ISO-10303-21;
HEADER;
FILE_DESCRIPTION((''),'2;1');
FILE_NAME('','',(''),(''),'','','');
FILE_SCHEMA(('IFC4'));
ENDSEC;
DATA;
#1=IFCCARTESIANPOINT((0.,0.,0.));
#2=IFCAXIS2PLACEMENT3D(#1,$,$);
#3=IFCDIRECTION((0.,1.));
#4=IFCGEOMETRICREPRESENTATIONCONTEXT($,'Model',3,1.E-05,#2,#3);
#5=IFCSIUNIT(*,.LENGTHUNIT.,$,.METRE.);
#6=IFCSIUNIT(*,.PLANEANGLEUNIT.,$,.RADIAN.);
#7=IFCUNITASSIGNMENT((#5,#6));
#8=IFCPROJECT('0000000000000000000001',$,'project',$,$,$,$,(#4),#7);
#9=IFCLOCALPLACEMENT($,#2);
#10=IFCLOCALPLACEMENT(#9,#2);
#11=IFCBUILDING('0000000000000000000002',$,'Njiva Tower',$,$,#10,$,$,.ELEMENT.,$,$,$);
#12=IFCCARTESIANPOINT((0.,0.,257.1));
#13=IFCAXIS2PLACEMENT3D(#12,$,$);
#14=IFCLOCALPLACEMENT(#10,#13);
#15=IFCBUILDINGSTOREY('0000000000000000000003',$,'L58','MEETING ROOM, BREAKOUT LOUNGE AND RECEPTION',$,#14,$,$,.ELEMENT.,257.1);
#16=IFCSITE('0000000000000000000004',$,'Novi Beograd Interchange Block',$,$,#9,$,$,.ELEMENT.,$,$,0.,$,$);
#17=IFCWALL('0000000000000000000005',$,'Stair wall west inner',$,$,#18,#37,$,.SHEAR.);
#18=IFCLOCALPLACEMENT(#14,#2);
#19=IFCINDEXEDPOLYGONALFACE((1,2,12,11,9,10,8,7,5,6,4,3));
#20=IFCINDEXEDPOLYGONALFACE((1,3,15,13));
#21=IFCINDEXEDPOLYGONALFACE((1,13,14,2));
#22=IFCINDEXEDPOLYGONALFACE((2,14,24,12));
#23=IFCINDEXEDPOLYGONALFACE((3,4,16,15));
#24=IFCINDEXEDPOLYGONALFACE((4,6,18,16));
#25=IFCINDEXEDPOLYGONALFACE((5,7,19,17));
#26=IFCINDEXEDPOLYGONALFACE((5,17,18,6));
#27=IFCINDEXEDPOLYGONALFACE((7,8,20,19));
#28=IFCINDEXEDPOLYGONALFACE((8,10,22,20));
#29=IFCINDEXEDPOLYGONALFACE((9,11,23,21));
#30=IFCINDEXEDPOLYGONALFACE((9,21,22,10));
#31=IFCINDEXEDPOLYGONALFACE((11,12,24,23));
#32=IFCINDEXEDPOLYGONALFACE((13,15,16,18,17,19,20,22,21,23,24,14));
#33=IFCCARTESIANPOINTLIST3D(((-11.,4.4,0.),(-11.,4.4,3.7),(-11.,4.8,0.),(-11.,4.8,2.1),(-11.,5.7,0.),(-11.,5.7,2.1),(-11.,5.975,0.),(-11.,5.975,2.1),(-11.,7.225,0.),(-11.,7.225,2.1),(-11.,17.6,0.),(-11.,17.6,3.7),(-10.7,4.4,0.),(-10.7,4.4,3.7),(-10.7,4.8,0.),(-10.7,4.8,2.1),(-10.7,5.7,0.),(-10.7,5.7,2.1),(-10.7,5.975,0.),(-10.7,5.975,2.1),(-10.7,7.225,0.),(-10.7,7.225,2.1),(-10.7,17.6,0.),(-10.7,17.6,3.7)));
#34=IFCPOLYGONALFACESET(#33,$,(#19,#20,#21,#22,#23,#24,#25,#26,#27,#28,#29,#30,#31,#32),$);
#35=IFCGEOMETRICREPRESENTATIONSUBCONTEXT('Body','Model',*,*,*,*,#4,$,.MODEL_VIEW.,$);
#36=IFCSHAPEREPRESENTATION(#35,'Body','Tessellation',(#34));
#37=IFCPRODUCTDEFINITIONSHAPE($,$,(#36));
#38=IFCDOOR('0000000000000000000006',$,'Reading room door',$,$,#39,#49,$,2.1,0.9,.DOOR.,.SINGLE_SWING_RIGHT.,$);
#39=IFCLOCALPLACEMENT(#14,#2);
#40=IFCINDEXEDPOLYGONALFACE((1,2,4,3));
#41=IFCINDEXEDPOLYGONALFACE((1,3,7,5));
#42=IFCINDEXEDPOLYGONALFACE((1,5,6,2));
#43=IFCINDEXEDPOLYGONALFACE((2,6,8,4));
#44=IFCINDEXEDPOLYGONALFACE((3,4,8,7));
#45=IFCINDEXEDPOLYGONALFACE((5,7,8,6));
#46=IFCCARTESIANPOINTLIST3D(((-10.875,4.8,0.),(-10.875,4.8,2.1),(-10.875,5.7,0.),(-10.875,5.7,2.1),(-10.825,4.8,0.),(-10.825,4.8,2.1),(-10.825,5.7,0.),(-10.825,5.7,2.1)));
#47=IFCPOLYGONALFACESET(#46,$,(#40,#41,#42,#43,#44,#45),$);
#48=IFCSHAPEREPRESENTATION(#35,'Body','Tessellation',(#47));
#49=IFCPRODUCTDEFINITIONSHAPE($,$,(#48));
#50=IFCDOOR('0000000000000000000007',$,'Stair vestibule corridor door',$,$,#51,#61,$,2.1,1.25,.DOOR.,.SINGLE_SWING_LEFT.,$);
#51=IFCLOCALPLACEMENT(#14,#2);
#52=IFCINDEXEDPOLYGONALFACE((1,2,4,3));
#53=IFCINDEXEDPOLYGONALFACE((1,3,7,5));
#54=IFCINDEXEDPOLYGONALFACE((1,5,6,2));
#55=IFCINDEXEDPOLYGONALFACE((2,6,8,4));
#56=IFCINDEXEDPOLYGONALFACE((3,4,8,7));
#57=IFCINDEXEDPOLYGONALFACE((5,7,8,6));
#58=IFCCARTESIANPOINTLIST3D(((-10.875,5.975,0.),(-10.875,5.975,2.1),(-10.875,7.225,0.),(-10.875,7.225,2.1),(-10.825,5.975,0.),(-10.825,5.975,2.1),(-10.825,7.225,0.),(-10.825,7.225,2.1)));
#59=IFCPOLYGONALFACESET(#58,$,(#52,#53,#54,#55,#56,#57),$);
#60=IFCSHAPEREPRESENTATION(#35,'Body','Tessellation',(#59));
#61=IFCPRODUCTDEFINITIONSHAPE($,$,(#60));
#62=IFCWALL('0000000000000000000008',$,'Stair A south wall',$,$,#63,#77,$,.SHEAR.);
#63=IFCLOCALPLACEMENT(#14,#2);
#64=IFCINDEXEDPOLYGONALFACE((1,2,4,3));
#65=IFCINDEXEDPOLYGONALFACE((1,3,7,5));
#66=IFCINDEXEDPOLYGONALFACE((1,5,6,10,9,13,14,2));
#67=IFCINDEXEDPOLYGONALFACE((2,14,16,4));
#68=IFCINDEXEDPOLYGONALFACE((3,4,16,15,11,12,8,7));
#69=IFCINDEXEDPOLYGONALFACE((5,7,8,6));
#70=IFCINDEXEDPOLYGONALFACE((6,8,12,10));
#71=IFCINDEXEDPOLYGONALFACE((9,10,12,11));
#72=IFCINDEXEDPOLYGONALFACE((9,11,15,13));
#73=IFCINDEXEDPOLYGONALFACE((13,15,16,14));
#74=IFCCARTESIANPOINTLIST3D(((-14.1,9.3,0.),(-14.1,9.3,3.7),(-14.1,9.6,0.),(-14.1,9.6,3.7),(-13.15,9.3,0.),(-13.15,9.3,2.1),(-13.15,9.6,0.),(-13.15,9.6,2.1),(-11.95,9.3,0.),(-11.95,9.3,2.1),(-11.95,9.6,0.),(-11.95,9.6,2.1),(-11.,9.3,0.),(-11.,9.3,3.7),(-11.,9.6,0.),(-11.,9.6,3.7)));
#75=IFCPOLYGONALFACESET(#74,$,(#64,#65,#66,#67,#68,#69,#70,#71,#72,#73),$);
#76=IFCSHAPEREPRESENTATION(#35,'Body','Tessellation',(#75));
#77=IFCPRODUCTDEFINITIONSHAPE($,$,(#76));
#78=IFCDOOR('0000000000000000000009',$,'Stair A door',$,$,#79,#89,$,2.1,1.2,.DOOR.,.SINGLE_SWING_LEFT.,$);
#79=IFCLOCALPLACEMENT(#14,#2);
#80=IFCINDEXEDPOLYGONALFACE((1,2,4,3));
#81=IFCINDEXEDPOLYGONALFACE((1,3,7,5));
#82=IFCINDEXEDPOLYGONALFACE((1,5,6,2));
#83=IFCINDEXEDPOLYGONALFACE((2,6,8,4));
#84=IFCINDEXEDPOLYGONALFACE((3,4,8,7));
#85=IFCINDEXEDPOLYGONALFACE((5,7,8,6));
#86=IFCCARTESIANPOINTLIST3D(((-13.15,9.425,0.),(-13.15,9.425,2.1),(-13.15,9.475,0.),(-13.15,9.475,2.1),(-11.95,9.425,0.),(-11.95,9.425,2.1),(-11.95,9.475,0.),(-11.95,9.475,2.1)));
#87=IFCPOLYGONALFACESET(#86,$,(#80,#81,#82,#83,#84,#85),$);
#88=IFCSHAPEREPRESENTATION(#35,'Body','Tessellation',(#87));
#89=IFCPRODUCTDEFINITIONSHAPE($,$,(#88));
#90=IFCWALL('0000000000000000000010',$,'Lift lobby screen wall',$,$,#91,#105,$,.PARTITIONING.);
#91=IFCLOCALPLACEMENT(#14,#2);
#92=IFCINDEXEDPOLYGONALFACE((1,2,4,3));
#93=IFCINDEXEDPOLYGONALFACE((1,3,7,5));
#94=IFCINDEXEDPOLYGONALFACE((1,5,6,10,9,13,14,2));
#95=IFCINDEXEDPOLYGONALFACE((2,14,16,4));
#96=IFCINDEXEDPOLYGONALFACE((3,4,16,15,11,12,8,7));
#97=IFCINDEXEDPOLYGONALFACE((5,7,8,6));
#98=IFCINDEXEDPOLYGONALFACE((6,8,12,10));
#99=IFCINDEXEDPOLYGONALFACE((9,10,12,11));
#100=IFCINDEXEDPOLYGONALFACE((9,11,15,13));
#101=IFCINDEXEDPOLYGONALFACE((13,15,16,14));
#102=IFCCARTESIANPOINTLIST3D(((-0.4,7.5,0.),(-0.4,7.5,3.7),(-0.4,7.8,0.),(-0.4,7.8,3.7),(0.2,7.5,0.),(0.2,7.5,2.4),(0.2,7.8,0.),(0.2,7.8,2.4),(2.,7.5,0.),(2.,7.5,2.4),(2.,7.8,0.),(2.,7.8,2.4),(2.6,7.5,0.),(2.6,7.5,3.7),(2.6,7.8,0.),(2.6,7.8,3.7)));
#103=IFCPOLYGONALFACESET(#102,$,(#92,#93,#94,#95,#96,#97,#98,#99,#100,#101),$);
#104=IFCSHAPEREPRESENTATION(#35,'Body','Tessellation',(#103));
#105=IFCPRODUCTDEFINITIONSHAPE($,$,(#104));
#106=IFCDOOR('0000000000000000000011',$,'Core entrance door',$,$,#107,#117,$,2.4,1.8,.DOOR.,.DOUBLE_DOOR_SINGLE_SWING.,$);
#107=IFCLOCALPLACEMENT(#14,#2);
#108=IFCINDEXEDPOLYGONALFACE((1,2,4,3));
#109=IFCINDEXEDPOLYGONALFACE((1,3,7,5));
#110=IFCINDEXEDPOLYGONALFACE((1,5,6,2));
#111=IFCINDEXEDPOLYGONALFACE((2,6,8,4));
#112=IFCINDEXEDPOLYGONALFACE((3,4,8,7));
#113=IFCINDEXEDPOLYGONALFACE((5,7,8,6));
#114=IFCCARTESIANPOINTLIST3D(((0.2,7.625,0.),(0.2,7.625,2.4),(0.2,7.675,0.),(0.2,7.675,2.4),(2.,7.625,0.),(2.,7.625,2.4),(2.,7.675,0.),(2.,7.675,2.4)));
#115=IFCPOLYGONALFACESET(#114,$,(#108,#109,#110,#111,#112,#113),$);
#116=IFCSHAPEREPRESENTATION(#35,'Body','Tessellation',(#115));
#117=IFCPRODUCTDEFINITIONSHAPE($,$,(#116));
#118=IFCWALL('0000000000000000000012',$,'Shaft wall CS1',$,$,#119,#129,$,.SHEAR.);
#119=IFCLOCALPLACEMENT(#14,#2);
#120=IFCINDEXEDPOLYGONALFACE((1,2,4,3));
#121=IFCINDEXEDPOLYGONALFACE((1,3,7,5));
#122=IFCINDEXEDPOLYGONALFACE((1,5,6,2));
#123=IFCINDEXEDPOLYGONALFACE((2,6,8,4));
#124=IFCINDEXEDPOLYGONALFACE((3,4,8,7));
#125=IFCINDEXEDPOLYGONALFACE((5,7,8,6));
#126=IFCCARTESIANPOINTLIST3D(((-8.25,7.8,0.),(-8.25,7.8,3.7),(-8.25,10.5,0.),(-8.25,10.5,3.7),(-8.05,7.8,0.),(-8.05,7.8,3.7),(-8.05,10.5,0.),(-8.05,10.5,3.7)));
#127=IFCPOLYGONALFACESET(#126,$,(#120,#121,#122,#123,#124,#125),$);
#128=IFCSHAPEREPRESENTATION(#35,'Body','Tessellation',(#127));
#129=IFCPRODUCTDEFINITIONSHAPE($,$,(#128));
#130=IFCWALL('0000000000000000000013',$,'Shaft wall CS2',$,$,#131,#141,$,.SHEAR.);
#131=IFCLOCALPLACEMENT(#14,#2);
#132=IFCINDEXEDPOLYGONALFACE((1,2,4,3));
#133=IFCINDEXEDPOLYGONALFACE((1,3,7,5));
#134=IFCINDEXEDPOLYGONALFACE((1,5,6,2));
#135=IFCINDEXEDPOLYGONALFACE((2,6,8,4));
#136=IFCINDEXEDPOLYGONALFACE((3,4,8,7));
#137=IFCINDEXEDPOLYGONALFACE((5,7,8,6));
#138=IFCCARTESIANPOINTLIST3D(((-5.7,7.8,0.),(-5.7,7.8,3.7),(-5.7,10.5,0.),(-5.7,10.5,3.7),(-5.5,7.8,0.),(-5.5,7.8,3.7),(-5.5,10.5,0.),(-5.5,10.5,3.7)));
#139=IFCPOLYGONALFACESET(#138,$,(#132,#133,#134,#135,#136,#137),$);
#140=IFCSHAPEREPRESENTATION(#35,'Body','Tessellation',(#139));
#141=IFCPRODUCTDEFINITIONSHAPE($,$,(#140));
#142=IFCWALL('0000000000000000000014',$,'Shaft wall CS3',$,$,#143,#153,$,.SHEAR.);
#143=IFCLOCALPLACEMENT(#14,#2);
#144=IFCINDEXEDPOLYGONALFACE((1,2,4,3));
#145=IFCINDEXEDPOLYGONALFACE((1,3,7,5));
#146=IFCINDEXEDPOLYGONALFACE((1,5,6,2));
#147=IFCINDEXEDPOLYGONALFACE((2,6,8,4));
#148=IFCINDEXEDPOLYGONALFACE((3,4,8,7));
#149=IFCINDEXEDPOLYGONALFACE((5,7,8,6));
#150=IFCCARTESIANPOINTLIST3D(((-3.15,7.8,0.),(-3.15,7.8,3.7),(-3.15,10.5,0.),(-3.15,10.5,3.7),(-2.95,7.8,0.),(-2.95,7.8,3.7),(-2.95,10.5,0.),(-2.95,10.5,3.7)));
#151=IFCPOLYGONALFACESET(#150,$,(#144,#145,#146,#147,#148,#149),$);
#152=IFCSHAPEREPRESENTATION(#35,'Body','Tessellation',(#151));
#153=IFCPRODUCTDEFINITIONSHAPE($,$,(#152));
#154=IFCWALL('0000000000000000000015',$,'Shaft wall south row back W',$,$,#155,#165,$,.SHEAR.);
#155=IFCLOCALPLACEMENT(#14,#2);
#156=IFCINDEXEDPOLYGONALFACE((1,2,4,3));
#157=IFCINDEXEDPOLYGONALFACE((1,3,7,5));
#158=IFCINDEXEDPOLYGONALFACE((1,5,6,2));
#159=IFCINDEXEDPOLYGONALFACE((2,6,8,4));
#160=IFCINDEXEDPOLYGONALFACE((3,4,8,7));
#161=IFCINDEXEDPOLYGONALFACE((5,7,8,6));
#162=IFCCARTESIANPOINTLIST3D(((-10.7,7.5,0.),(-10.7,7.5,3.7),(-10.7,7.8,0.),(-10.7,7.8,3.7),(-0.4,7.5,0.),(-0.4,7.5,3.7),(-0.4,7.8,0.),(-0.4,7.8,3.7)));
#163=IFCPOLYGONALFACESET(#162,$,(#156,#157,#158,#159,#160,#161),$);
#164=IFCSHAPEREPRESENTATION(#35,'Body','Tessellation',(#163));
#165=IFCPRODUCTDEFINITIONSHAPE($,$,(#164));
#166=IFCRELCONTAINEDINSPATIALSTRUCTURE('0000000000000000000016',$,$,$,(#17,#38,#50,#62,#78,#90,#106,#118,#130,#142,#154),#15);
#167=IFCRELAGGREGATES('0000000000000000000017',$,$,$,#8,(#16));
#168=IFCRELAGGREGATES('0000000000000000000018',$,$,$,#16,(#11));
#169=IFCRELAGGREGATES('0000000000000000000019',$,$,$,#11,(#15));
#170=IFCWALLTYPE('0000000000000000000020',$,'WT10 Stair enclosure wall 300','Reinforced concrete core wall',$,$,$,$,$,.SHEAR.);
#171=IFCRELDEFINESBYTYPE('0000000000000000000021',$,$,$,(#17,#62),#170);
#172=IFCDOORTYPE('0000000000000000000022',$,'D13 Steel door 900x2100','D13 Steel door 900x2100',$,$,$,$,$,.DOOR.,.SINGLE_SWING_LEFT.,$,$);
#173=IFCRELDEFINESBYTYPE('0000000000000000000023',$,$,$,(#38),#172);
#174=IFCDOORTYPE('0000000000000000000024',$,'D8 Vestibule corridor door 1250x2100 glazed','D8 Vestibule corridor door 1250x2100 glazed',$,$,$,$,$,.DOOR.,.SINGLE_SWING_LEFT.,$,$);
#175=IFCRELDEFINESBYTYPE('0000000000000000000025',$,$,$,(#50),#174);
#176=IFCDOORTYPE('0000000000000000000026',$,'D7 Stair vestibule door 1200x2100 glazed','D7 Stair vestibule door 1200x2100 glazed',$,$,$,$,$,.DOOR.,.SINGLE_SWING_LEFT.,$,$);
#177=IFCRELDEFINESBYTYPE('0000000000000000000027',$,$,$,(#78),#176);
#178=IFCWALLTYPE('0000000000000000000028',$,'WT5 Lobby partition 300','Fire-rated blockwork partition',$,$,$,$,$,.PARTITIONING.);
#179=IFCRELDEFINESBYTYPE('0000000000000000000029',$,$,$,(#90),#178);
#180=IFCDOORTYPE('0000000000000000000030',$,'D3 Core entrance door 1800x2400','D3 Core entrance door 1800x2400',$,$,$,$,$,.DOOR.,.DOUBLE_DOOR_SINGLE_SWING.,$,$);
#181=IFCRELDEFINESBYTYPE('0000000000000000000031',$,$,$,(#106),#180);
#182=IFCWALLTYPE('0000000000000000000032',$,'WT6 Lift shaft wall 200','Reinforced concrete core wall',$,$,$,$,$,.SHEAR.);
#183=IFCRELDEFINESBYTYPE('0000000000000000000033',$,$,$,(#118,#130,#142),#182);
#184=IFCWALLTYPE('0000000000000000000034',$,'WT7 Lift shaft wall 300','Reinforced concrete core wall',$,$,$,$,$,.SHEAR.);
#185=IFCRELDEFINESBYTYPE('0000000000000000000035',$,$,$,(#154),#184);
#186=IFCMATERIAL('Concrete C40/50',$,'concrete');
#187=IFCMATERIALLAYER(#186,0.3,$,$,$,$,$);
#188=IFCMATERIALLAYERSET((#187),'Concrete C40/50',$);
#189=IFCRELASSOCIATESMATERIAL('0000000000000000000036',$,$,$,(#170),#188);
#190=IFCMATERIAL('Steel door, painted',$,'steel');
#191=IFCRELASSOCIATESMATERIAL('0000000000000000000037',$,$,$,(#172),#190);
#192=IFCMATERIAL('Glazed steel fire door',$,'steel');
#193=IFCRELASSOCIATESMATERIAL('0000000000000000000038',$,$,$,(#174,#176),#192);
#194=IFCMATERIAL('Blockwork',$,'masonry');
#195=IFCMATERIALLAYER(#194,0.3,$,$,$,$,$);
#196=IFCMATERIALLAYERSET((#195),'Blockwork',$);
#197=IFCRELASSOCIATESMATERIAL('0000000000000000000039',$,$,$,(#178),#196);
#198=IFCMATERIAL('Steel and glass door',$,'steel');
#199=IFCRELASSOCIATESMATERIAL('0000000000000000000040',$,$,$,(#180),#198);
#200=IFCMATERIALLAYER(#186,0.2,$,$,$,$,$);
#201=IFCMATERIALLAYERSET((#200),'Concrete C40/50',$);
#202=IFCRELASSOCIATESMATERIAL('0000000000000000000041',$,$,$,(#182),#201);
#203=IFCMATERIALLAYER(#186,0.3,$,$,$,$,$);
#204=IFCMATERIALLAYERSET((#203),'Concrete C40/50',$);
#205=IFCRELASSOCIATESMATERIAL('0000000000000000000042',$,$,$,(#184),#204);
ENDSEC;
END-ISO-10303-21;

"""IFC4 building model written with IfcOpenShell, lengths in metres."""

from ifc_helpers import new_model, si_unit, direction, frame, frame_2d, origin, place, context, subcontext, project, spatial, rectangle, extrude, material, layer, layer_set, type_object, element, fill, save


model = new_model("IFC4")

# Units and contexts
model_context = context("Model", 3, precision=1e-05, world=origin(), true_north=direction((0.0, 1.0)))
body_context = subcontext(model_context, "Body", "Model", "MODEL_VIEW")
ifc_project = project(units=[si_unit("LENGTHUNIT", "METRE"), si_unit("PLANEANGLEUNIT", "RADIAN")], contexts=[model_context])

# Site, building, storey
site_placement = place(None, origin())
site = spatial("IfcSite", under=ifc_project, at=site_placement, Name="Novi Beograd Interchange Block", CompositionType="ELEMENT", RefElevation=0.0)
building_placement = place(site_placement, origin())
building = spatial("IfcBuilding", under=site, at=building_placement, Name="Njiva Tower", CompositionType="ELEMENT")
storey_placement = place(building_placement, frame((0.0, 0.0, 257.1)))
storey = spatial("IfcBuildingStorey", under=building, at=storey_placement, Name="L58", Description="MEETING ROOM, BREAKOUT LOUNGE AND RECEPTION", CompositionType="ELEMENT", Elevation=257.1)

# Shared definitions
ifc_material_1 = material(Name="Blockwork", Category="masonry")

# Wall, openings, doors
ifc_material_2 = material(Name="Concrete C40/50", Category="concrete")
ifc_layer_1 = layer(ifc_material_2, 0.3)
ifc_layer_set_1 = layer_set([ifc_layer_1], Name="Concrete C40/50")
wall_type_1 = type_object("IfcWallType", Name="WT10 Stair enclosure wall 300", Description="Reinforced concrete core wall", PredefinedType="SHEAR", material=ifc_layer_set_1)
wall_1_placement = place(storey_placement, frame((-10.85, 4.4, 0.0), z_axis=(0.0, 0.0, 1.0), x_axis=(0.0, 1.0, 0.0)))
wall_1 = element("IfcWall", 1, at=wall_1_placement, inside=storey, type_object=wall_type_1, Name="Stair wall west inner", PredefinedType="SHEAR", context=body_context, shape_type="SweptSolid", body=[
    extrude(rectangle(XDim=13.2, YDim=0.3, at=frame_2d((6.6, 0.0))), origin(), (0.0, 0.0, 1.0), 3.7),
])
opening_1_placement = place(wall_1_placement, frame((1.575, 0.0, 0.0)))
opening_1 = element("IfcOpeningElement", 2, at=opening_1_placement, cuts=wall_1, PredefinedType="OPENING", context=body_context, shape_type="SweptSolid", body=[
    extrude(rectangle(XDim=1.25, YDim=2.1, at=frame_2d((0.625, 1.05))), frame((0.0, 0.16, 0.0), z_axis=(0.0, -1.0, 0.0), x_axis=(1.0, 0.0, 0.0)), (0.0, 0.0, 1.0), 0.32),
])
opening_2_placement = place(wall_1_placement, frame((0.4, 0.0, 0.0)))
opening_2 = element("IfcOpeningElement", 3, at=opening_2_placement, cuts=wall_1, PredefinedType="OPENING", context=body_context, shape_type="SweptSolid", body=[
    extrude(rectangle(XDim=0.9, YDim=2.1, at=frame_2d((0.45, 1.05))), frame((0.0, 0.16, 0.0), z_axis=(0.0, -1.0, 0.0), x_axis=(1.0, 0.0, 0.0)), (0.0, 0.0, 1.0), 0.32),
])
ifc_material_3 = material(Name="Steel door, painted", Category="steel")
door_type_1 = type_object("IfcDoorType", Name="D13 Steel door 900x2100", Description="D13 Steel door 900x2100", OperationType="SINGLE_SWING_LEFT", PredefinedType="DOOR", material=ifc_material_3)
door_1_placement = place(opening_2_placement, origin())
door_1 = element("IfcDoor", 4, at=door_1_placement, inside=storey, type_object=door_type_1, Name="Reading room door", OperationType="SINGLE_SWING_RIGHT", OverallHeight=2.1, OverallWidth=0.9, PredefinedType="DOOR", context=body_context, shape_type="SweptSolid", body=[
    extrude(rectangle(XDim=0.9, YDim=2.1, at=frame_2d((0.45, 1.05))), frame((0.0, 0.025, 0.0), z_axis=(0.0, -1.0, 0.0), x_axis=(1.0, 0.0, 0.0)), (0.0, 0.0, 1.0), 0.05),
])
fill(opening_2, door_1)
ifc_material_4 = material(Name="Glazed steel fire door", Category="steel")
door_type_2 = type_object("IfcDoorType", Name="D8 Vestibule corridor door 1250x2100 glazed", Description="D8 Vestibule corridor door 1250x2100 glazed", OperationType="SINGLE_SWING_LEFT", PredefinedType="DOOR", material=ifc_material_4)
door_2_placement = place(opening_1_placement, origin())
door_2 = element("IfcDoor", 5, at=door_2_placement, inside=storey, type_object=door_type_2, Name="Stair vestibule corridor door", OperationType="SINGLE_SWING_LEFT", OverallHeight=2.1, OverallWidth=1.25, PredefinedType="DOOR", context=body_context, shape_type="SweptSolid", body=[
    extrude(rectangle(XDim=1.25, YDim=2.1, at=frame_2d((0.625, 1.05))), frame((0.0, 0.025, 0.0), z_axis=(0.0, -1.0, 0.0), x_axis=(1.0, 0.0, 0.0)), (0.0, 0.0, 1.0), 0.05),
])
fill(opening_1, door_2)

# Walls, openings, doors
wall_2_placement = place(storey_placement, frame((-14.1, 9.45, 0.0), z_axis=(0.0, 0.0, 1.0), x_axis=(1.0, 0.0, 0.0)))
wall_2 = element("IfcWall", 6, at=wall_2_placement, inside=storey, type_object=wall_type_1, Name="Stair A south wall", PredefinedType="SHEAR", context=body_context, shape_type="SweptSolid", body=[
    extrude(rectangle(XDim=3.1, YDim=0.3, at=frame_2d((1.55, 0.0))), origin(), (0.0, 0.0, 1.0), 3.7),
])
opening_3_placement = place(wall_2_placement, frame((0.95, 0.0, 0.0)))
opening_3 = element("IfcOpeningElement", 7, at=opening_3_placement, cuts=wall_2, PredefinedType="OPENING", context=body_context, shape_type="SweptSolid", body=[
    extrude(rectangle(XDim=1.2, YDim=2.1, at=frame_2d((0.6, 1.05))), frame((0.0, 0.16, 0.0), z_axis=(0.0, -1.0, 0.0), x_axis=(1.0, 0.0, 0.0)), (0.0, 0.0, 1.0), 0.32),
])
door_type_3 = type_object("IfcDoorType", Name="D7 Stair vestibule door 1200x2100 glazed", Description="D7 Stair vestibule door 1200x2100 glazed", OperationType="SINGLE_SWING_LEFT", PredefinedType="DOOR", material=ifc_material_4)
door_3_placement = place(opening_3_placement, origin())
door_3 = element("IfcDoor", 8, at=door_3_placement, inside=storey, type_object=door_type_3, Name="Stair A door", OperationType="SINGLE_SWING_LEFT", OverallHeight=2.1, OverallWidth=1.2, PredefinedType="DOOR", context=body_context, shape_type="SweptSolid", body=[
    extrude(rectangle(XDim=1.2, YDim=2.1, at=frame_2d((0.6, 1.05))), frame((0.0, 0.025, 0.0), z_axis=(0.0, -1.0, 0.0), x_axis=(1.0, 0.0, 0.0)), (0.0, 0.0, 1.0), 0.05),
])
fill(opening_3, door_3)
ifc_layer_2 = layer(ifc_material_1, 0.3)
ifc_layer_set_2 = layer_set([ifc_layer_2], Name="Blockwork")
wall_type_2 = type_object("IfcWallType", Name="WT5 Lobby partition 300", Description="Fire-rated blockwork partition", PredefinedType="PARTITIONING", material=ifc_layer_set_2)
wall_3_placement = place(storey_placement, frame((-0.4, 7.65, 0.0), z_axis=(0.0, 0.0, 1.0), x_axis=(1.0, 0.0, 0.0)))
wall_3 = element("IfcWall", 9, at=wall_3_placement, inside=storey, type_object=wall_type_2, Name="Lift lobby screen wall", PredefinedType="PARTITIONING", context=body_context, shape_type="SweptSolid", body=[
    extrude(rectangle(XDim=3.0, YDim=0.3, at=frame_2d((1.5, 0.0))), origin(), (0.0, 0.0, 1.0), 3.7),
])
opening_4_placement = place(wall_3_placement, frame((0.6, 0.0, 0.0)))
opening_4 = element("IfcOpeningElement", 10, at=opening_4_placement, cuts=wall_3, PredefinedType="OPENING", context=body_context, shape_type="SweptSolid", body=[
    extrude(rectangle(XDim=1.8, YDim=2.4, at=frame_2d((0.9, 1.2))), frame((0.0, 0.16, 0.0), z_axis=(0.0, -1.0, 0.0), x_axis=(1.0, 0.0, 0.0)), (0.0, 0.0, 1.0), 0.32),
])
ifc_material_5 = material(Name="Steel and glass door", Category="steel")
door_type_4 = type_object("IfcDoorType", Name="D3 Core entrance door 1800x2400", Description="D3 Core entrance door 1800x2400", OperationType="DOUBLE_DOOR_SINGLE_SWING", PredefinedType="DOOR", material=ifc_material_5)
door_4_placement = place(opening_4_placement, origin())
door_4 = element("IfcDoor", 11, at=door_4_placement, inside=storey, type_object=door_type_4, Name="Core entrance door", OperationType="DOUBLE_DOOR_SINGLE_SWING", OverallHeight=2.4, OverallWidth=1.8, PredefinedType="DOOR", context=body_context, shape_type="SweptSolid", body=[
    extrude(rectangle(XDim=1.8, YDim=2.4, at=frame_2d((0.9, 1.2))), frame((0.0, 0.025, 0.0), z_axis=(0.0, -1.0, 0.0), x_axis=(1.0, 0.0, 0.0)), (0.0, 0.0, 1.0), 0.05),
])
fill(opening_4, door_4)

# Walls
ifc_layer_3 = layer(ifc_material_2, 0.2)
ifc_layer_set_3 = layer_set([ifc_layer_3], Name="Concrete C40/50")
wall_type_3 = type_object("IfcWallType", Name="WT6 Lift shaft wall 200", Description="Reinforced concrete core wall", PredefinedType="SHEAR", material=ifc_layer_set_3)
for number, where, z_axis, x_axis, name in (
    (12, (-8.15, 7.8, 0.0), (0.0, 0.0, 1.0), (0.0, 1.0, 0.0), "Shaft wall CS1"),
    (13, (-5.6, 7.8, 0.0), (0.0, 0.0, 1.0), (0.0, 1.0, 0.0), "Shaft wall CS2"),
    (14, (-3.05, 7.8, 0.0), (0.0, 0.0, 1.0), (0.0, 1.0, 0.0), "Shaft wall CS3"),
):
    element("IfcWall", number, at=place(storey_placement, frame(where, z_axis=z_axis, x_axis=x_axis)), inside=storey, type_object=wall_type_3, Name=name, PredefinedType="SHEAR", context=body_context, shape_type="SweptSolid", body=[
        extrude(rectangle(XDim=2.7, YDim=0.2, at=frame_2d((1.35, 0.0))), origin(), (0.0, 0.0, 1.0), 3.7),
    ])
ifc_layer_4 = layer(ifc_material_2, 0.3)
ifc_layer_set_4 = layer_set([ifc_layer_4], Name="Concrete C40/50")
wall_type_4 = type_object("IfcWallType", Name="WT7 Lift shaft wall 300", Description="Reinforced concrete core wall", PredefinedType="SHEAR", material=ifc_layer_set_4)
wall_4_placement = place(storey_placement, frame((-10.7, 7.65, 0.0), z_axis=(0.0, 0.0, 1.0), x_axis=(1.0, 0.0, 0.0)))
element("IfcWall", 15, at=wall_4_placement, inside=storey, type_object=wall_type_4, Name="Shaft wall south row back W", PredefinedType="SHEAR", context=body_context, shape_type="SweptSolid", body=[
    extrude(rectangle(XDim=10.3, YDim=0.3, at=frame_2d((5.15, 0.0))), origin(), (0.0, 0.0, 1.0), 3.7),
])

save(model, "model.ifc")
